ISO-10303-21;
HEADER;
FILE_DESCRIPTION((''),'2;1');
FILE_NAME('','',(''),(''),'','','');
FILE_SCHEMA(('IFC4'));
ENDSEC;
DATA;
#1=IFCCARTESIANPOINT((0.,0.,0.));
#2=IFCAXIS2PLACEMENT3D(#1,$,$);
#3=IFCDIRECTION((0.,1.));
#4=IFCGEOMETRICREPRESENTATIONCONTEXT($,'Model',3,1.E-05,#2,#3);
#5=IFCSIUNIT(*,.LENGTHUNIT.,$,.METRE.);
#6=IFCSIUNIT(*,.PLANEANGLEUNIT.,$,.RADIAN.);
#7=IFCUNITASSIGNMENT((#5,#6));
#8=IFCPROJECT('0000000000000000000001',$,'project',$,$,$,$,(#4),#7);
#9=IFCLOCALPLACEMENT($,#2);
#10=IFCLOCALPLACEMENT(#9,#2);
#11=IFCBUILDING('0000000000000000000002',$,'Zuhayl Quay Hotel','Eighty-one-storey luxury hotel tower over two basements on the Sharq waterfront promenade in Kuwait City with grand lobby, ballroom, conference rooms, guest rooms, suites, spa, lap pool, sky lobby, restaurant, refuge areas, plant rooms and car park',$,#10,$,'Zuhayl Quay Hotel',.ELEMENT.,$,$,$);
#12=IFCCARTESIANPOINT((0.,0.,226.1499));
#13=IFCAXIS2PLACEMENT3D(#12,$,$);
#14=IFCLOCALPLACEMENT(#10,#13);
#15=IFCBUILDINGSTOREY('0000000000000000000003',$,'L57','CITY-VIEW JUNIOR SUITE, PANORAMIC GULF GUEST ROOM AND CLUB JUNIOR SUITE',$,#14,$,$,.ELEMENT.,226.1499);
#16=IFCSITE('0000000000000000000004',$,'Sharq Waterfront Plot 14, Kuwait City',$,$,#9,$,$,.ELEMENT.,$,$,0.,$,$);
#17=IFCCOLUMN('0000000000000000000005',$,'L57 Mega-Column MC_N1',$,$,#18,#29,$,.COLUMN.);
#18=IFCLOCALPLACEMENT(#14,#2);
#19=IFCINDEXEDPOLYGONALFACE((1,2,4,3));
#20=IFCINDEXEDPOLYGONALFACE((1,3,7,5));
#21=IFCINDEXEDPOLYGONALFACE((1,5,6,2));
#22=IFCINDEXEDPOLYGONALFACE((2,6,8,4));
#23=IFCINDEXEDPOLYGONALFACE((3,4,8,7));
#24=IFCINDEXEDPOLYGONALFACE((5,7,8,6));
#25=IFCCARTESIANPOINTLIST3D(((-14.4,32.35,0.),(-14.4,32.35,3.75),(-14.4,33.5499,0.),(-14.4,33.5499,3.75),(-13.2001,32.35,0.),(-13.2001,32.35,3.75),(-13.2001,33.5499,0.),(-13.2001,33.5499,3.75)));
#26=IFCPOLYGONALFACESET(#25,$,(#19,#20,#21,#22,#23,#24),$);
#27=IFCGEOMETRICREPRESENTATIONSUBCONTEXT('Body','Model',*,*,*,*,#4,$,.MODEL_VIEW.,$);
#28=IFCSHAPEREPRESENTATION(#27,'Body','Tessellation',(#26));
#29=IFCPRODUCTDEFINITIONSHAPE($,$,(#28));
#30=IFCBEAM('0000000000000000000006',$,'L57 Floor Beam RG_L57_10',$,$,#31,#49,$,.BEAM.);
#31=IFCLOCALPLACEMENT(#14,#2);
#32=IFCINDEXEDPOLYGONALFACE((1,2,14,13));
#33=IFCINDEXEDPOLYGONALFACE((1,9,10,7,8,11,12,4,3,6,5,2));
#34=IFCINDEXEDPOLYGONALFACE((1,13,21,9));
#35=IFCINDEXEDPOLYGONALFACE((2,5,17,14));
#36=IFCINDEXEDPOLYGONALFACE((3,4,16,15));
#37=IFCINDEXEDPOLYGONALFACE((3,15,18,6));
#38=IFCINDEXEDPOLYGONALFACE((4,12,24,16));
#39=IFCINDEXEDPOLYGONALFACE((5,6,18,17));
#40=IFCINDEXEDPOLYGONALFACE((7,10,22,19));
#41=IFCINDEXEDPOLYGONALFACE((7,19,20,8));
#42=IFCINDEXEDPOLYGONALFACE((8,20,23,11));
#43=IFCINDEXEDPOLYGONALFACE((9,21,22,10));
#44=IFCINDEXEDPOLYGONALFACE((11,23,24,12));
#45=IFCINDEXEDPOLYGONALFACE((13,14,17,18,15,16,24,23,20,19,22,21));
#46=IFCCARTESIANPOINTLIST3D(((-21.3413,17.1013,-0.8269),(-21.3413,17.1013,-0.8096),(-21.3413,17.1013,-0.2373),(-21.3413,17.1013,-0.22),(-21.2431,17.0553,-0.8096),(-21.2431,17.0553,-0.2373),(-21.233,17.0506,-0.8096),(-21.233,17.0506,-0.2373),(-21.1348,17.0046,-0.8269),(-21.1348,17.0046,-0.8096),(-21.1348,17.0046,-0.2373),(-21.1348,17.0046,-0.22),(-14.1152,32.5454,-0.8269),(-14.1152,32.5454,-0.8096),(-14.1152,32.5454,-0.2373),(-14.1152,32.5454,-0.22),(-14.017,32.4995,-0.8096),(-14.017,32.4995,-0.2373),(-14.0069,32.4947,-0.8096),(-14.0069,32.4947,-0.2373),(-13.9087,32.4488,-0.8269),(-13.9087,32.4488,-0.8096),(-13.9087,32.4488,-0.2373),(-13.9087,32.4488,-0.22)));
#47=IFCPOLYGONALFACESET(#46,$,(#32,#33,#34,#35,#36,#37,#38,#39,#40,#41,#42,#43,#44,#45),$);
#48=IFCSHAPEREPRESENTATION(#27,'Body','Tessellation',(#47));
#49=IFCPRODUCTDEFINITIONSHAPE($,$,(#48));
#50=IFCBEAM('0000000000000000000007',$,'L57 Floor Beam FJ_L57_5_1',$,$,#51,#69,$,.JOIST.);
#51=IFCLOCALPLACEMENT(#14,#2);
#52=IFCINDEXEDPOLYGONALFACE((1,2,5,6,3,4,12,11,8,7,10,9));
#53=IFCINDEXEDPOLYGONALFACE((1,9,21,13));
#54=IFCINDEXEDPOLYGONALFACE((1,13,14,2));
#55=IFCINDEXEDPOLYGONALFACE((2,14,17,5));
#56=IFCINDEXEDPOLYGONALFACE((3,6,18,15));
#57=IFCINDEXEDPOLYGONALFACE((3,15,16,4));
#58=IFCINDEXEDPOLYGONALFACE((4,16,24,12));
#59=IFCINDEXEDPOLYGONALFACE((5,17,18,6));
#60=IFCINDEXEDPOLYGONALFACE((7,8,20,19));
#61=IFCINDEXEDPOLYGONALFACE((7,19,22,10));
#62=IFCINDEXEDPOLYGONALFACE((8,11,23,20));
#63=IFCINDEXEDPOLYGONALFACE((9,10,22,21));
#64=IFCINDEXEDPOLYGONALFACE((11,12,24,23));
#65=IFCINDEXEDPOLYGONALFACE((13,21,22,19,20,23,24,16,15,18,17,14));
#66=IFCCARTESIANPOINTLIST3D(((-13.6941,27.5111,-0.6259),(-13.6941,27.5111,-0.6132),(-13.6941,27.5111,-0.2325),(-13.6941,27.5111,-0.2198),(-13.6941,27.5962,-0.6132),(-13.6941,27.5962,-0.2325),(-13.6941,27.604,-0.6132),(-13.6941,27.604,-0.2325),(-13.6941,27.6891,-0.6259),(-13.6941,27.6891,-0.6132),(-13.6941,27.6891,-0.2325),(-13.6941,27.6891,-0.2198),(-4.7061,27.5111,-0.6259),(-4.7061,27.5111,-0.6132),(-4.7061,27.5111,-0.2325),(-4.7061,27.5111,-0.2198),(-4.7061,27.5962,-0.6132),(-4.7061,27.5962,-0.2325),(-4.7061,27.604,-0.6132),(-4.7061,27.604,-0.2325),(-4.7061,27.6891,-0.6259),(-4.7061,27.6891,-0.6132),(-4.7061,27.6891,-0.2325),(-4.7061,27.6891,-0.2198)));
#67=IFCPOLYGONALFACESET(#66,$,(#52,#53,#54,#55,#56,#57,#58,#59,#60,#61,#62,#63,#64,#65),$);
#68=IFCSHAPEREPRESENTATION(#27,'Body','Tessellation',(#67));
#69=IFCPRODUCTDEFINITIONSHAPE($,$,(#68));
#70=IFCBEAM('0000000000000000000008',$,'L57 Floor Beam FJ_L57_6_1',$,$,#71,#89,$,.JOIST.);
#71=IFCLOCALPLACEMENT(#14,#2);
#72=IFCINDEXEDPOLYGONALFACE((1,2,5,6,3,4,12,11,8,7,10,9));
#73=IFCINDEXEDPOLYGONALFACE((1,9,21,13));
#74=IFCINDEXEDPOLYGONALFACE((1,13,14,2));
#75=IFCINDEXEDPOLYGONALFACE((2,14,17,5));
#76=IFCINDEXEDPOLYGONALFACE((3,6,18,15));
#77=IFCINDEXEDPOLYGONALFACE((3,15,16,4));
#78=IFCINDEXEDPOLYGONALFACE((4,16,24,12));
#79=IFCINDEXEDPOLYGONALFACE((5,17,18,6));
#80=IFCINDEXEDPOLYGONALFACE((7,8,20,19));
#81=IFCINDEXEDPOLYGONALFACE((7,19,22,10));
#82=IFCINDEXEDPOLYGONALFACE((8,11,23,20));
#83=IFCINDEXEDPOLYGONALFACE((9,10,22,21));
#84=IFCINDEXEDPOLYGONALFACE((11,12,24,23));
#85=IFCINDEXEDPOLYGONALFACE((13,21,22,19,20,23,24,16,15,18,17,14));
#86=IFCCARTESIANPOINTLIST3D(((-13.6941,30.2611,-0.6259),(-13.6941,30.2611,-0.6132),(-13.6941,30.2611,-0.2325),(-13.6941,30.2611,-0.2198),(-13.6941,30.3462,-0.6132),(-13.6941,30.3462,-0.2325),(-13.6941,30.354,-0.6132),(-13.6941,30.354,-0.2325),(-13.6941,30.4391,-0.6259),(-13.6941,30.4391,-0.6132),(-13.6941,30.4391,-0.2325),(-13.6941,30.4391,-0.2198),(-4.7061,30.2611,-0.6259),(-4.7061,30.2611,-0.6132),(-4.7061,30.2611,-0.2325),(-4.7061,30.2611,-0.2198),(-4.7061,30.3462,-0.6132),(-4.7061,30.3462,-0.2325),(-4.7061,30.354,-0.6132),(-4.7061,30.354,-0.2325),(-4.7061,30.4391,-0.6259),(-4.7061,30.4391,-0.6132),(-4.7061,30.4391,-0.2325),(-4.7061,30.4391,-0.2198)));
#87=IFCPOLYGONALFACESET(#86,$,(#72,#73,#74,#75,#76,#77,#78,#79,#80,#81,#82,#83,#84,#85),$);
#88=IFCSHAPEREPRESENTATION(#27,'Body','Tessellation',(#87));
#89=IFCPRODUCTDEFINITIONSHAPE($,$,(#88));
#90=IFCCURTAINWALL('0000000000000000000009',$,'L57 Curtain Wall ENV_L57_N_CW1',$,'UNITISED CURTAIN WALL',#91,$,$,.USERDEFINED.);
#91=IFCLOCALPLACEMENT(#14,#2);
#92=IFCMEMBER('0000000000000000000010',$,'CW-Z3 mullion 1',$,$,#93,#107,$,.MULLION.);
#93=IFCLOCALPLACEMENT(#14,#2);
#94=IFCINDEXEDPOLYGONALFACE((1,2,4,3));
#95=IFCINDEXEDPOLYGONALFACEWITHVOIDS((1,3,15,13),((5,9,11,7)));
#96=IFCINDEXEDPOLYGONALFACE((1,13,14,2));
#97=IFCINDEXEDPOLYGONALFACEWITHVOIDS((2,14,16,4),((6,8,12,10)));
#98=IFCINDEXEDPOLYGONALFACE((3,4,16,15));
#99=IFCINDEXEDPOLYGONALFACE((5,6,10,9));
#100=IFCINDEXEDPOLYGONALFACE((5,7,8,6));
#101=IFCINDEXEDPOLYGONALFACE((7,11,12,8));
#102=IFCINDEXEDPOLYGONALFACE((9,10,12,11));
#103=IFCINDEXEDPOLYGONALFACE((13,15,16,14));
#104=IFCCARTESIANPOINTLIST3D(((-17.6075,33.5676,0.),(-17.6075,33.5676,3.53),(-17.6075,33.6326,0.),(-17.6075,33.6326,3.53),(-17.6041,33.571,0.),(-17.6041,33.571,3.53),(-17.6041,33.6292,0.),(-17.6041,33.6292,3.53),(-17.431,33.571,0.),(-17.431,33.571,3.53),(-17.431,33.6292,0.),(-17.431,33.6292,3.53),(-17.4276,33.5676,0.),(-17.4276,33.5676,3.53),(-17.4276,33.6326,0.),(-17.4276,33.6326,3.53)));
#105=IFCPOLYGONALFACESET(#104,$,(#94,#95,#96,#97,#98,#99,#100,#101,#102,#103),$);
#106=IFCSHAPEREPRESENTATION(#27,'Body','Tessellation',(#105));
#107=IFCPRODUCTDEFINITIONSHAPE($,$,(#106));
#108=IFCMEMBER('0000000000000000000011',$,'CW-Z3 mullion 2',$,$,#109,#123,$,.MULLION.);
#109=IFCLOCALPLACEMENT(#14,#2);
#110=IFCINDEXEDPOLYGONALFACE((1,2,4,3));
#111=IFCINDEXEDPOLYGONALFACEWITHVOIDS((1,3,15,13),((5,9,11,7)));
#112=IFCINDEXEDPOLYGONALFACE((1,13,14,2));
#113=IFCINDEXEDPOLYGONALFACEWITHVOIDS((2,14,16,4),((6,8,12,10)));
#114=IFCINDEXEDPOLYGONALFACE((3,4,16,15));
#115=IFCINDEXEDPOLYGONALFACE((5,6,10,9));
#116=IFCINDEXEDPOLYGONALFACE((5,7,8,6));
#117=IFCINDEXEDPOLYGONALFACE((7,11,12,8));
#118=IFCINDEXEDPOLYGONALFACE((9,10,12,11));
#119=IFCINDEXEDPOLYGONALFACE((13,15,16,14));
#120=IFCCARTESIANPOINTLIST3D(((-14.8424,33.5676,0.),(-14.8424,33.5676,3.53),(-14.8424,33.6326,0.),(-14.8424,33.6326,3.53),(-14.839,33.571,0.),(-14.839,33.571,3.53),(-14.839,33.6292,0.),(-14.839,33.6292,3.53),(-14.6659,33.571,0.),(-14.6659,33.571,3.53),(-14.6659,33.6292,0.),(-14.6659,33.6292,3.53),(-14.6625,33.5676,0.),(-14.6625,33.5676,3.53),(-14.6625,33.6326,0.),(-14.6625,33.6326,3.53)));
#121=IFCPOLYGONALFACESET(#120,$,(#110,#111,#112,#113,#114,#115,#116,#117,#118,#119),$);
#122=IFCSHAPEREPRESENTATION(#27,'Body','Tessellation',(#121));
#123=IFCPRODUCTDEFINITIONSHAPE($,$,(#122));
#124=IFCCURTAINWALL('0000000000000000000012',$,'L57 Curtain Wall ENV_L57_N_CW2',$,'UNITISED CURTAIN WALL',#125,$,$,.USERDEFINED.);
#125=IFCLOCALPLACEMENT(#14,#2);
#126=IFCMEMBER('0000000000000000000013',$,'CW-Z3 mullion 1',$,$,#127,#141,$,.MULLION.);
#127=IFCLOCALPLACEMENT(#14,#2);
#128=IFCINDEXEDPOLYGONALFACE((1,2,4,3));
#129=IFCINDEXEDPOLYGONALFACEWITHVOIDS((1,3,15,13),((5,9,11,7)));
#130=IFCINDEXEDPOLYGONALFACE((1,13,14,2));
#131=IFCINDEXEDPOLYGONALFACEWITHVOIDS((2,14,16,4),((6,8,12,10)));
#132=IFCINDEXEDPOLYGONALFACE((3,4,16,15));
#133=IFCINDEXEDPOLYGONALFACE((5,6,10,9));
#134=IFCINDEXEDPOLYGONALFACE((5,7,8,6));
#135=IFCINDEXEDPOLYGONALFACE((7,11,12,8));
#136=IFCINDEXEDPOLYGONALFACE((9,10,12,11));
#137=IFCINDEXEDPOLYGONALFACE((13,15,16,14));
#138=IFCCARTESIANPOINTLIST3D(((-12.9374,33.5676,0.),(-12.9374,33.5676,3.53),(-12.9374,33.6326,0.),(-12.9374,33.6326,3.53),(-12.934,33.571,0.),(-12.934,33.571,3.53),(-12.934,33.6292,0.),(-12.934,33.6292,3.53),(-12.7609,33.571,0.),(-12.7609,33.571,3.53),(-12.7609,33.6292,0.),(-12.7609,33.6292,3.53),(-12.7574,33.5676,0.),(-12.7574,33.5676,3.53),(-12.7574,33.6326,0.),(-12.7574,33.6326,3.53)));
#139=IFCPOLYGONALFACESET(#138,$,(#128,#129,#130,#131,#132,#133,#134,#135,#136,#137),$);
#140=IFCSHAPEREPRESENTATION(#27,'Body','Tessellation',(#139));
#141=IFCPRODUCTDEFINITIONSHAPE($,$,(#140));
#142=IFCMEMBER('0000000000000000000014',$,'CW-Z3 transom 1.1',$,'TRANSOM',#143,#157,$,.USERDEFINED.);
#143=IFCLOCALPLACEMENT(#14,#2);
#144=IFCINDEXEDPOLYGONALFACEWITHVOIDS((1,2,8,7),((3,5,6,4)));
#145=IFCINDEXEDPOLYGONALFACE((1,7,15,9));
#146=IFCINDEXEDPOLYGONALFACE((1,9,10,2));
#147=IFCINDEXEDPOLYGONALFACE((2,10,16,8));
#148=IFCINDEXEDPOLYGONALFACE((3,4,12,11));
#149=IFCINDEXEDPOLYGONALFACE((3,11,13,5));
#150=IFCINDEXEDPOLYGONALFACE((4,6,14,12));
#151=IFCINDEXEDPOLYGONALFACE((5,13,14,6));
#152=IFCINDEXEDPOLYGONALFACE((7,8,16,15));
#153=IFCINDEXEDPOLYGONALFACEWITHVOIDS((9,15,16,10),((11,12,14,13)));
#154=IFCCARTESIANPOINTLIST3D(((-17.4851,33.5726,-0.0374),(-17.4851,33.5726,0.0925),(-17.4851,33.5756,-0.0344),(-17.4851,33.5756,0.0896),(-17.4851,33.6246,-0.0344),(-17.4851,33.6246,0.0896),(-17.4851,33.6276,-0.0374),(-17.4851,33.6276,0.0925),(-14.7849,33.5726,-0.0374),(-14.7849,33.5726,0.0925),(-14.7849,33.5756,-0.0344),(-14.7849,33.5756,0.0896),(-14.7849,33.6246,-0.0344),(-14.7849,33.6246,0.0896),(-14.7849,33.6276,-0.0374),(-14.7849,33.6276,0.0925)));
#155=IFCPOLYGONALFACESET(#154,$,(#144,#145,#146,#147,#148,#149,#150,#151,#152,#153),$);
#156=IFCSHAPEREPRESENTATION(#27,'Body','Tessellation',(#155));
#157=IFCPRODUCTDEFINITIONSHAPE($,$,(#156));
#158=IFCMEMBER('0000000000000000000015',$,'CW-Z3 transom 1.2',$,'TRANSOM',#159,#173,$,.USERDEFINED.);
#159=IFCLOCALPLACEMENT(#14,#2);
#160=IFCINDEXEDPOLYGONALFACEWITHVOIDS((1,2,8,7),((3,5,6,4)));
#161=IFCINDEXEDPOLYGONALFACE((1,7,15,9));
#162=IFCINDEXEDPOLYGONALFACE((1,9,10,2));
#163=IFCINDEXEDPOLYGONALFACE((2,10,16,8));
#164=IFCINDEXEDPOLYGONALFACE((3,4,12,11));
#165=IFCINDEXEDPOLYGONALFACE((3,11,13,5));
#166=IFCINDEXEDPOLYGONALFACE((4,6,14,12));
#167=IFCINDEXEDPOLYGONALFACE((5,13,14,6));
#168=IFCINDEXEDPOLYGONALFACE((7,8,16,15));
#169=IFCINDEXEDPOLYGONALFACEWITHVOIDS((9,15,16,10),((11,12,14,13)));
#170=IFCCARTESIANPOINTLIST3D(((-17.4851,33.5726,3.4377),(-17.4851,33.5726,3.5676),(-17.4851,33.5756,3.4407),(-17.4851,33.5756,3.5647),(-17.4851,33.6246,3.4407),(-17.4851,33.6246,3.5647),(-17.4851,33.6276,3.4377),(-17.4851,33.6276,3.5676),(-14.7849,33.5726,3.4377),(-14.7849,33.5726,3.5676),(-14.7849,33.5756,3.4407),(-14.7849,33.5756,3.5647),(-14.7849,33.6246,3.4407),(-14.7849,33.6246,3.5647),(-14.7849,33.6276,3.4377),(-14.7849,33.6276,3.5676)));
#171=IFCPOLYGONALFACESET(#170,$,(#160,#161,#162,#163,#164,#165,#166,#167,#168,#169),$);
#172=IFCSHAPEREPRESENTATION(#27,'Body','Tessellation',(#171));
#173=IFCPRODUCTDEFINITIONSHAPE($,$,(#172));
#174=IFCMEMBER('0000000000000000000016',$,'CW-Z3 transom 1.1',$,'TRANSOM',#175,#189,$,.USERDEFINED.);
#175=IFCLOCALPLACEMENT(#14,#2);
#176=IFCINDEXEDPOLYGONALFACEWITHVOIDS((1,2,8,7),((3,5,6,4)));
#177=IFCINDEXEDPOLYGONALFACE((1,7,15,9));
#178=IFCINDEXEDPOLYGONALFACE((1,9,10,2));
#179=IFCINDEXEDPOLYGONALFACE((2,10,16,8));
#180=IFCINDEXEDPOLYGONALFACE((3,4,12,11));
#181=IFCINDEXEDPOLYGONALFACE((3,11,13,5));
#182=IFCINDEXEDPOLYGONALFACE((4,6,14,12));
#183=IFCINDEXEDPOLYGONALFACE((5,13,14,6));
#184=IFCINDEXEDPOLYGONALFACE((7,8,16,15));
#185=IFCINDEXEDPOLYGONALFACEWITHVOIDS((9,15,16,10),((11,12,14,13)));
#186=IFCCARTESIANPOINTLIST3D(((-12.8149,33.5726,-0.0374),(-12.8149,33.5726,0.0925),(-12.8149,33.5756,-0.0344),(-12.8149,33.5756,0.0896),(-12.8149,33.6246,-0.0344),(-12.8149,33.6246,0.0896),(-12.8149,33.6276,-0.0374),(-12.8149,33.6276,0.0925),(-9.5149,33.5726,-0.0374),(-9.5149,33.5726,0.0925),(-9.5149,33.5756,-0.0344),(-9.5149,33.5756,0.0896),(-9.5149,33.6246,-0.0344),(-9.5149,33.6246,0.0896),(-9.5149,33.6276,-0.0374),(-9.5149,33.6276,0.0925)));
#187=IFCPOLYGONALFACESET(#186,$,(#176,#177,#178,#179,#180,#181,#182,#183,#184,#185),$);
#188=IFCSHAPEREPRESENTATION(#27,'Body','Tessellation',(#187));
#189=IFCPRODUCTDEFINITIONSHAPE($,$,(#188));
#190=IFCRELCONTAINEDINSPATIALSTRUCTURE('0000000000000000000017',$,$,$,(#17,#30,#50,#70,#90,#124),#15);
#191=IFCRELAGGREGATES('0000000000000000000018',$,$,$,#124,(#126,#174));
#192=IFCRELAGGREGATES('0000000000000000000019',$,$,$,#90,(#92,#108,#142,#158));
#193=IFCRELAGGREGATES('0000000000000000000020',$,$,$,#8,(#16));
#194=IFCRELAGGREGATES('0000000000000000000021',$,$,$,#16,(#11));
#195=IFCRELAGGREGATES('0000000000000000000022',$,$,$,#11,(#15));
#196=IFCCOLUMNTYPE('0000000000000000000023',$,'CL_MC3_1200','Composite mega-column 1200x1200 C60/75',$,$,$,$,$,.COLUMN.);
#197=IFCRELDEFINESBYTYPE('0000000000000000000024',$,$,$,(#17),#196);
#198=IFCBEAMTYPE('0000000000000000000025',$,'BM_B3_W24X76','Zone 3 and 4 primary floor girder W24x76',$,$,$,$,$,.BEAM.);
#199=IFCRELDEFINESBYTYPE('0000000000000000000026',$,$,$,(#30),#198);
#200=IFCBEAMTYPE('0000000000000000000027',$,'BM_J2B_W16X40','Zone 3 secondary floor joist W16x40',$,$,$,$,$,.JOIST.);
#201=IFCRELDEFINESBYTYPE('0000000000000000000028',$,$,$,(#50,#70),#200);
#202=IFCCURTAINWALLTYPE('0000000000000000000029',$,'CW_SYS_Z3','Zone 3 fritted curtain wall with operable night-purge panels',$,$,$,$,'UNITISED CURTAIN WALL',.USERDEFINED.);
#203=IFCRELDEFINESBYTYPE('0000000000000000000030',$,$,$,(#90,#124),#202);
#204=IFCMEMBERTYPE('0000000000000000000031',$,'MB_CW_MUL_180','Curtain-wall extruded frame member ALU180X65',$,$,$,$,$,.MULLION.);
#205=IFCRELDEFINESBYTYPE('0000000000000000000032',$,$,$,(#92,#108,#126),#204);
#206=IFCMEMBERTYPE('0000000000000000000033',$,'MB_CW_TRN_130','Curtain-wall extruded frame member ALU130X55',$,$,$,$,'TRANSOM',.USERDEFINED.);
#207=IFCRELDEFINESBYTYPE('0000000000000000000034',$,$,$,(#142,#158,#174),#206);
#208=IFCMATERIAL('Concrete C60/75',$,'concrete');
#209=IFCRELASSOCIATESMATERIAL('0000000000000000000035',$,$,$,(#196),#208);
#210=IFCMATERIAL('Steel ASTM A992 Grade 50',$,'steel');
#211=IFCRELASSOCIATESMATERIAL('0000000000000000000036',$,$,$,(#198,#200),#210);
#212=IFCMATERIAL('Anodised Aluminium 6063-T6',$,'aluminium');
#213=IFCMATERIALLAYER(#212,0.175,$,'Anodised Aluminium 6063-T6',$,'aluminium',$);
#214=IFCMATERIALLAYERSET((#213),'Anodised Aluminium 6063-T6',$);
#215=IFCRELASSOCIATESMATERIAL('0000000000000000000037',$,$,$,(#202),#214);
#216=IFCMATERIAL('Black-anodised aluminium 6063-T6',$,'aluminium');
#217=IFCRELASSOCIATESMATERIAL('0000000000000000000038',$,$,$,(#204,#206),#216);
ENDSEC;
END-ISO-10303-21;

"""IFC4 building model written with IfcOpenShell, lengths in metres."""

from ifc_helpers import new_model, si_unit, direction, frame, origin, origin_2d, place, context, subcontext, project, spatial, rectangle, hollow_rectangle, i_section, extrude, material, layer, layer_set, material_profile, profile_set, type_object, element, aggregate, save


model = new_model("IFC4")

# Units and contexts
model_context = context("Model", 3, precision=1e-05, world=origin(), true_north=direction((0.0, 1.0)))
body_context = subcontext(model_context, "Body", "Model", "MODEL_VIEW")
ifc_project = project(units=[si_unit("LENGTHUNIT", "METRE"), si_unit("PLANEANGLEUNIT", "RADIAN")], contexts=[model_context])

# Site, building, storey
site_placement = place(None, origin())
site = spatial("IfcSite", under=ifc_project, at=site_placement, Name="Sharq Waterfront Plot 14, Kuwait City", CompositionType="ELEMENT", RefElevation=0.0)
building_placement = place(site_placement, origin())
building = spatial("IfcBuilding", under=site, at=building_placement, Name="Zuhayl Quay Hotel", Description="Eighty-one-storey luxury hotel tower over two basements on the Sharq waterfront promenade in Kuwait City with grand lobby, ballroom, conference rooms, guest rooms, suites, spa, lap pool, sky lobby, restaurant, refuge areas, plant rooms and car park", LongName="Zuhayl Quay Hotel", CompositionType="ELEMENT")
storey_placement = place(building_placement, frame((0.0, 0.0, 226.1499)))
storey = spatial("IfcBuildingStorey", under=building, at=storey_placement, Name="L57", Description="CITY-VIEW JUNIOR SUITE, PANORAMIC GULF GUEST ROOM AND CLUB JUNIOR SUITE", CompositionType="ELEMENT", Elevation=226.1499)

# Column
ifc_material_1 = material(Name="Concrete C60/75", Category="concrete")
ifc_material_profile_1 = material_profile(ifc_material_1, rectangle(XDim=1.2, YDim=1.2, at=origin_2d()), Name="RC1200X1200")
ifc_profile_set_1 = profile_set([ifc_material_profile_1], Name="Concrete C60/75")
column_type = type_object("IfcColumnType", Name="CL_MC3_1200", Description="Composite mega-column 1200x1200 C60/75", PredefinedType="COLUMN", material=ifc_profile_set_1)
column_placement = place(storey_placement, frame((-13.8, 32.95, 0.0), z_axis=(0.0, 0.0, 1.0), x_axis=(1.0, 0.0, 0.0)))
element("IfcColumn", 1, at=column_placement, inside=storey, type_object=column_type, Name="L57 Mega-Column MC_N1", PredefinedType="COLUMN", context=body_context, shape_type="SweptSolid", body=[
    extrude(rectangle(XDim=1.2, YDim=1.2, at=origin_2d()), origin(), (0.0, 0.0, 1.0), 3.75),
])

# Beams
ifc_material_2 = material(Name="Steel ASTM A992 Grade 50", Category="steel")
ifc_material_profile_2 = material_profile(ifc_material_2, i_section(OverallWidth=0.228, OverallDepth=0.6069, WebThickness=0.0112, FlangeThickness=0.0173, at=origin_2d()), Name="W24X76")
ifc_profile_set_2 = profile_set([ifc_material_profile_2], Name="Steel ASTM A992 Grade 50")
beam_type_1 = type_object("IfcBeamType", Name="BM_B3_W24X76", Description="Zone 3 and 4 primary floor girder W24x76", PredefinedType="BEAM", material=ifc_profile_set_2)
beam_placement = place(storey_placement, frame((-14.012, 32.4971, -0.5234), z_axis=(-0.423792, -0.905759, 0.0), x_axis=(0.905759, -0.423792, 0.0)))
element("IfcBeam", 2, at=beam_placement, inside=storey, type_object=beam_type_1, Name="L57 Floor Beam RG_L57_10", PredefinedType="BEAM", context=body_context, shape_type="SweptSolid", body=[
    extrude(i_section(OverallWidth=0.228, OverallDepth=0.6069, WebThickness=0.0112, FlangeThickness=0.0173, at=origin_2d()), origin(), (0.0, 0.0, 1.0), 17.051),
])
ifc_material_profile_3 = material_profile(ifc_material_2, i_section(OverallWidth=0.178, OverallDepth=0.406, WebThickness=0.0078, FlangeThickness=0.0127, at=origin_2d()), Name="W16X40")
ifc_profile_set_3 = profile_set([ifc_material_profile_3], Name="Steel ASTM A992 Grade 50")
beam_type_2 = type_object("IfcBeamType", Name="BM_J2B_W16X40", Description="Zone 3 secondary floor joist W16x40", PredefinedType="JOIST", material=ifc_profile_set_3)
for number, where, z_axis, x_axis, name in (
    (3, (-13.6941, 27.6001, -0.4229), (1.0, 0.0, 0.0), (0.0, 1.0, 0.0), "L57 Floor Beam FJ_L57_5_1"),
    (4, (-13.6941, 30.3501, -0.4229), (1.0, 0.0, 0.0), (0.0, 1.0, 0.0), "L57 Floor Beam FJ_L57_6_1"),
):
    element("IfcBeam", number, at=place(storey_placement, frame(where, z_axis=z_axis, x_axis=x_axis)), inside=storey, type_object=beam_type_2, Name=name, PredefinedType="JOIST", context=body_context, shape_type="SweptSolid", body=[
        extrude(i_section(OverallWidth=0.178, OverallDepth=0.406, WebThickness=0.0078, FlangeThickness=0.0127, at=origin_2d()), origin(), (0.0, 0.0, 1.0), 8.988),
    ])

# Curtain wall, members
ifc_material_3 = material(Name="Anodised Aluminium 6063-T6", Category="aluminium")
ifc_layer_1 = layer(ifc_material_3, 0.175, Name="Anodised Aluminium 6063-T6", Category="aluminium")
ifc_layer_set_1 = layer_set([ifc_layer_1], Name="Anodised Aluminium 6063-T6")
curtain_wall_type = type_object("IfcCurtainWallType", Name="CW_SYS_Z3", Description="Zone 3 fritted curtain wall with operable night-purge panels", ElementType="UNITISED CURTAIN WALL", PredefinedType="USERDEFINED", material=ifc_layer_set_1)
curtain_wall_1_placement = place(storey_placement, origin())
curtain_wall_1 = element("IfcCurtainWall", 5, at=curtain_wall_1_placement, inside=storey, type_object=curtain_wall_type, Name="L57 Curtain Wall ENV_L57_N_CW1", ObjectType="UNITISED CURTAIN WALL", PredefinedType="USERDEFINED")
ifc_material_4 = material(Name="Black-anodised aluminium 6063-T6", Category="aluminium")
ifc_material_profile_4 = material_profile(ifc_material_4, hollow_rectangle(XDim=0.0649, YDim=0.1799, WallThickness=0.0034, at=origin_2d()), Name="ALU180X65")
ifc_profile_set_4 = profile_set([ifc_material_profile_4], Name="Black-anodised aluminium 6063-T6")
member_type_1 = type_object("IfcMemberType", Name="MB_CW_MUL_180", Description="Curtain-wall extruded frame member ALU180X65", PredefinedType="MULLION", material=ifc_profile_set_4)
member_1_placement = place(storey_placement, frame((-17.5176, 33.6001, 0.0), z_axis=(0.0, 0.0, 1.0), x_axis=(0.0, 1.0, 0.0)))
member_1 = element("IfcMember", 6, at=member_1_placement, type_object=member_type_1, Name="CW-Z3 mullion 1", PredefinedType="MULLION", context=body_context, shape_type="SweptSolid", body=[
    extrude(hollow_rectangle(XDim=0.0649, YDim=0.1799, WallThickness=0.0034, at=origin_2d()), origin(), (0.0, 0.0, 1.0), 3.53),
])
member_2_placement = place(storey_placement, frame((-14.7524, 33.6001, 0.0), z_axis=(0.0, 0.0, 1.0), x_axis=(0.0, 1.0, 0.0)))
member_2 = element("IfcMember", 7, at=member_2_placement, type_object=member_type_1, Name="CW-Z3 mullion 2", PredefinedType="MULLION", context=body_context, shape_type="SweptSolid", body=[
    extrude(hollow_rectangle(XDim=0.0649, YDim=0.1799, WallThickness=0.0034, at=origin_2d()), origin(), (0.0, 0.0, 1.0), 3.53),
])

# Curtain wall, member
curtain_wall_2_placement = place(storey_placement, origin())
curtain_wall_2 = element("IfcCurtainWall", 8, at=curtain_wall_2_placement, inside=storey, type_object=curtain_wall_type, Name="L57 Curtain Wall ENV_L57_N_CW2", ObjectType="UNITISED CURTAIN WALL", PredefinedType="USERDEFINED")
member_3_placement = place(storey_placement, frame((-12.8474, 33.6001, 0.0), z_axis=(0.0, 0.0, 1.0), x_axis=(0.0, 1.0, 0.0)))
member_3 = element("IfcMember", 9, at=member_3_placement, type_object=member_type_1, Name="CW-Z3 mullion 1", PredefinedType="MULLION", context=body_context, shape_type="SweptSolid", body=[
    extrude(hollow_rectangle(XDim=0.0649, YDim=0.1799, WallThickness=0.0034, at=origin_2d()), origin(), (0.0, 0.0, 1.0), 3.53),
])

# Members
ifc_material_profile_5 = material_profile(ifc_material_4, hollow_rectangle(XDim=0.0549, YDim=0.1299, WallThickness=0.0029, at=origin_2d()), Name="ALU130X55")
ifc_profile_set_5 = profile_set([ifc_material_profile_5], Name="Black-anodised aluminium 6063-T6")
member_type_2 = type_object("IfcMemberType", Name="MB_CW_TRN_130", Description="Curtain-wall extruded frame member ALU130X55", ElementType="TRANSOM", PredefinedType="USERDEFINED", material=ifc_profile_set_5)
member_4_placement = place(storey_placement, frame((-17.4851, 33.6001, 0.0276), z_axis=(1.0, 0.0, 0.0), x_axis=(0.0, 1.0, 0.0)))
member_4 = element("IfcMember", 10, at=member_4_placement, type_object=member_type_2, Name="CW-Z3 transom 1.1", ObjectType="TRANSOM", PredefinedType="USERDEFINED", context=body_context, shape_type="SweptSolid", body=[
    extrude(hollow_rectangle(XDim=0.0549, YDim=0.1299, WallThickness=0.0029, at=origin_2d()), origin(), (0.0, 0.0, 1.0), 2.7002),
])
member_5_placement = place(storey_placement, frame((-17.4851, 33.6001, 3.5027), z_axis=(1.0, 0.0, 0.0), x_axis=(0.0, 1.0, 0.0)))
member_5 = element("IfcMember", 11, at=member_5_placement, type_object=member_type_2, Name="CW-Z3 transom 1.2", ObjectType="TRANSOM", PredefinedType="USERDEFINED", context=body_context, shape_type="SweptSolid", body=[
    extrude(hollow_rectangle(XDim=0.0549, YDim=0.1299, WallThickness=0.0029, at=origin_2d()), origin(), (0.0, 0.0, 1.0), 2.7002),
])
member_6_placement = place(storey_placement, frame((-12.8149, 33.6001, 0.0276), z_axis=(1.0, 0.0, 0.0), x_axis=(0.0, 1.0, 0.0)))
member_6 = element("IfcMember", 12, at=member_6_placement, type_object=member_type_2, Name="CW-Z3 transom 1.1", ObjectType="TRANSOM", PredefinedType="USERDEFINED", context=body_context, shape_type="SweptSolid", body=[
    extrude(hollow_rectangle(XDim=0.0549, YDim=0.1299, WallThickness=0.0029, at=origin_2d()), origin(), (0.0, 0.0, 1.0), 3.3),
])
aggregate(curtain_wall_2, [member_3, member_6])

aggregate(curtain_wall_1, [member_1, member_2, member_4, member_5])

save(model, "model.ifc")
